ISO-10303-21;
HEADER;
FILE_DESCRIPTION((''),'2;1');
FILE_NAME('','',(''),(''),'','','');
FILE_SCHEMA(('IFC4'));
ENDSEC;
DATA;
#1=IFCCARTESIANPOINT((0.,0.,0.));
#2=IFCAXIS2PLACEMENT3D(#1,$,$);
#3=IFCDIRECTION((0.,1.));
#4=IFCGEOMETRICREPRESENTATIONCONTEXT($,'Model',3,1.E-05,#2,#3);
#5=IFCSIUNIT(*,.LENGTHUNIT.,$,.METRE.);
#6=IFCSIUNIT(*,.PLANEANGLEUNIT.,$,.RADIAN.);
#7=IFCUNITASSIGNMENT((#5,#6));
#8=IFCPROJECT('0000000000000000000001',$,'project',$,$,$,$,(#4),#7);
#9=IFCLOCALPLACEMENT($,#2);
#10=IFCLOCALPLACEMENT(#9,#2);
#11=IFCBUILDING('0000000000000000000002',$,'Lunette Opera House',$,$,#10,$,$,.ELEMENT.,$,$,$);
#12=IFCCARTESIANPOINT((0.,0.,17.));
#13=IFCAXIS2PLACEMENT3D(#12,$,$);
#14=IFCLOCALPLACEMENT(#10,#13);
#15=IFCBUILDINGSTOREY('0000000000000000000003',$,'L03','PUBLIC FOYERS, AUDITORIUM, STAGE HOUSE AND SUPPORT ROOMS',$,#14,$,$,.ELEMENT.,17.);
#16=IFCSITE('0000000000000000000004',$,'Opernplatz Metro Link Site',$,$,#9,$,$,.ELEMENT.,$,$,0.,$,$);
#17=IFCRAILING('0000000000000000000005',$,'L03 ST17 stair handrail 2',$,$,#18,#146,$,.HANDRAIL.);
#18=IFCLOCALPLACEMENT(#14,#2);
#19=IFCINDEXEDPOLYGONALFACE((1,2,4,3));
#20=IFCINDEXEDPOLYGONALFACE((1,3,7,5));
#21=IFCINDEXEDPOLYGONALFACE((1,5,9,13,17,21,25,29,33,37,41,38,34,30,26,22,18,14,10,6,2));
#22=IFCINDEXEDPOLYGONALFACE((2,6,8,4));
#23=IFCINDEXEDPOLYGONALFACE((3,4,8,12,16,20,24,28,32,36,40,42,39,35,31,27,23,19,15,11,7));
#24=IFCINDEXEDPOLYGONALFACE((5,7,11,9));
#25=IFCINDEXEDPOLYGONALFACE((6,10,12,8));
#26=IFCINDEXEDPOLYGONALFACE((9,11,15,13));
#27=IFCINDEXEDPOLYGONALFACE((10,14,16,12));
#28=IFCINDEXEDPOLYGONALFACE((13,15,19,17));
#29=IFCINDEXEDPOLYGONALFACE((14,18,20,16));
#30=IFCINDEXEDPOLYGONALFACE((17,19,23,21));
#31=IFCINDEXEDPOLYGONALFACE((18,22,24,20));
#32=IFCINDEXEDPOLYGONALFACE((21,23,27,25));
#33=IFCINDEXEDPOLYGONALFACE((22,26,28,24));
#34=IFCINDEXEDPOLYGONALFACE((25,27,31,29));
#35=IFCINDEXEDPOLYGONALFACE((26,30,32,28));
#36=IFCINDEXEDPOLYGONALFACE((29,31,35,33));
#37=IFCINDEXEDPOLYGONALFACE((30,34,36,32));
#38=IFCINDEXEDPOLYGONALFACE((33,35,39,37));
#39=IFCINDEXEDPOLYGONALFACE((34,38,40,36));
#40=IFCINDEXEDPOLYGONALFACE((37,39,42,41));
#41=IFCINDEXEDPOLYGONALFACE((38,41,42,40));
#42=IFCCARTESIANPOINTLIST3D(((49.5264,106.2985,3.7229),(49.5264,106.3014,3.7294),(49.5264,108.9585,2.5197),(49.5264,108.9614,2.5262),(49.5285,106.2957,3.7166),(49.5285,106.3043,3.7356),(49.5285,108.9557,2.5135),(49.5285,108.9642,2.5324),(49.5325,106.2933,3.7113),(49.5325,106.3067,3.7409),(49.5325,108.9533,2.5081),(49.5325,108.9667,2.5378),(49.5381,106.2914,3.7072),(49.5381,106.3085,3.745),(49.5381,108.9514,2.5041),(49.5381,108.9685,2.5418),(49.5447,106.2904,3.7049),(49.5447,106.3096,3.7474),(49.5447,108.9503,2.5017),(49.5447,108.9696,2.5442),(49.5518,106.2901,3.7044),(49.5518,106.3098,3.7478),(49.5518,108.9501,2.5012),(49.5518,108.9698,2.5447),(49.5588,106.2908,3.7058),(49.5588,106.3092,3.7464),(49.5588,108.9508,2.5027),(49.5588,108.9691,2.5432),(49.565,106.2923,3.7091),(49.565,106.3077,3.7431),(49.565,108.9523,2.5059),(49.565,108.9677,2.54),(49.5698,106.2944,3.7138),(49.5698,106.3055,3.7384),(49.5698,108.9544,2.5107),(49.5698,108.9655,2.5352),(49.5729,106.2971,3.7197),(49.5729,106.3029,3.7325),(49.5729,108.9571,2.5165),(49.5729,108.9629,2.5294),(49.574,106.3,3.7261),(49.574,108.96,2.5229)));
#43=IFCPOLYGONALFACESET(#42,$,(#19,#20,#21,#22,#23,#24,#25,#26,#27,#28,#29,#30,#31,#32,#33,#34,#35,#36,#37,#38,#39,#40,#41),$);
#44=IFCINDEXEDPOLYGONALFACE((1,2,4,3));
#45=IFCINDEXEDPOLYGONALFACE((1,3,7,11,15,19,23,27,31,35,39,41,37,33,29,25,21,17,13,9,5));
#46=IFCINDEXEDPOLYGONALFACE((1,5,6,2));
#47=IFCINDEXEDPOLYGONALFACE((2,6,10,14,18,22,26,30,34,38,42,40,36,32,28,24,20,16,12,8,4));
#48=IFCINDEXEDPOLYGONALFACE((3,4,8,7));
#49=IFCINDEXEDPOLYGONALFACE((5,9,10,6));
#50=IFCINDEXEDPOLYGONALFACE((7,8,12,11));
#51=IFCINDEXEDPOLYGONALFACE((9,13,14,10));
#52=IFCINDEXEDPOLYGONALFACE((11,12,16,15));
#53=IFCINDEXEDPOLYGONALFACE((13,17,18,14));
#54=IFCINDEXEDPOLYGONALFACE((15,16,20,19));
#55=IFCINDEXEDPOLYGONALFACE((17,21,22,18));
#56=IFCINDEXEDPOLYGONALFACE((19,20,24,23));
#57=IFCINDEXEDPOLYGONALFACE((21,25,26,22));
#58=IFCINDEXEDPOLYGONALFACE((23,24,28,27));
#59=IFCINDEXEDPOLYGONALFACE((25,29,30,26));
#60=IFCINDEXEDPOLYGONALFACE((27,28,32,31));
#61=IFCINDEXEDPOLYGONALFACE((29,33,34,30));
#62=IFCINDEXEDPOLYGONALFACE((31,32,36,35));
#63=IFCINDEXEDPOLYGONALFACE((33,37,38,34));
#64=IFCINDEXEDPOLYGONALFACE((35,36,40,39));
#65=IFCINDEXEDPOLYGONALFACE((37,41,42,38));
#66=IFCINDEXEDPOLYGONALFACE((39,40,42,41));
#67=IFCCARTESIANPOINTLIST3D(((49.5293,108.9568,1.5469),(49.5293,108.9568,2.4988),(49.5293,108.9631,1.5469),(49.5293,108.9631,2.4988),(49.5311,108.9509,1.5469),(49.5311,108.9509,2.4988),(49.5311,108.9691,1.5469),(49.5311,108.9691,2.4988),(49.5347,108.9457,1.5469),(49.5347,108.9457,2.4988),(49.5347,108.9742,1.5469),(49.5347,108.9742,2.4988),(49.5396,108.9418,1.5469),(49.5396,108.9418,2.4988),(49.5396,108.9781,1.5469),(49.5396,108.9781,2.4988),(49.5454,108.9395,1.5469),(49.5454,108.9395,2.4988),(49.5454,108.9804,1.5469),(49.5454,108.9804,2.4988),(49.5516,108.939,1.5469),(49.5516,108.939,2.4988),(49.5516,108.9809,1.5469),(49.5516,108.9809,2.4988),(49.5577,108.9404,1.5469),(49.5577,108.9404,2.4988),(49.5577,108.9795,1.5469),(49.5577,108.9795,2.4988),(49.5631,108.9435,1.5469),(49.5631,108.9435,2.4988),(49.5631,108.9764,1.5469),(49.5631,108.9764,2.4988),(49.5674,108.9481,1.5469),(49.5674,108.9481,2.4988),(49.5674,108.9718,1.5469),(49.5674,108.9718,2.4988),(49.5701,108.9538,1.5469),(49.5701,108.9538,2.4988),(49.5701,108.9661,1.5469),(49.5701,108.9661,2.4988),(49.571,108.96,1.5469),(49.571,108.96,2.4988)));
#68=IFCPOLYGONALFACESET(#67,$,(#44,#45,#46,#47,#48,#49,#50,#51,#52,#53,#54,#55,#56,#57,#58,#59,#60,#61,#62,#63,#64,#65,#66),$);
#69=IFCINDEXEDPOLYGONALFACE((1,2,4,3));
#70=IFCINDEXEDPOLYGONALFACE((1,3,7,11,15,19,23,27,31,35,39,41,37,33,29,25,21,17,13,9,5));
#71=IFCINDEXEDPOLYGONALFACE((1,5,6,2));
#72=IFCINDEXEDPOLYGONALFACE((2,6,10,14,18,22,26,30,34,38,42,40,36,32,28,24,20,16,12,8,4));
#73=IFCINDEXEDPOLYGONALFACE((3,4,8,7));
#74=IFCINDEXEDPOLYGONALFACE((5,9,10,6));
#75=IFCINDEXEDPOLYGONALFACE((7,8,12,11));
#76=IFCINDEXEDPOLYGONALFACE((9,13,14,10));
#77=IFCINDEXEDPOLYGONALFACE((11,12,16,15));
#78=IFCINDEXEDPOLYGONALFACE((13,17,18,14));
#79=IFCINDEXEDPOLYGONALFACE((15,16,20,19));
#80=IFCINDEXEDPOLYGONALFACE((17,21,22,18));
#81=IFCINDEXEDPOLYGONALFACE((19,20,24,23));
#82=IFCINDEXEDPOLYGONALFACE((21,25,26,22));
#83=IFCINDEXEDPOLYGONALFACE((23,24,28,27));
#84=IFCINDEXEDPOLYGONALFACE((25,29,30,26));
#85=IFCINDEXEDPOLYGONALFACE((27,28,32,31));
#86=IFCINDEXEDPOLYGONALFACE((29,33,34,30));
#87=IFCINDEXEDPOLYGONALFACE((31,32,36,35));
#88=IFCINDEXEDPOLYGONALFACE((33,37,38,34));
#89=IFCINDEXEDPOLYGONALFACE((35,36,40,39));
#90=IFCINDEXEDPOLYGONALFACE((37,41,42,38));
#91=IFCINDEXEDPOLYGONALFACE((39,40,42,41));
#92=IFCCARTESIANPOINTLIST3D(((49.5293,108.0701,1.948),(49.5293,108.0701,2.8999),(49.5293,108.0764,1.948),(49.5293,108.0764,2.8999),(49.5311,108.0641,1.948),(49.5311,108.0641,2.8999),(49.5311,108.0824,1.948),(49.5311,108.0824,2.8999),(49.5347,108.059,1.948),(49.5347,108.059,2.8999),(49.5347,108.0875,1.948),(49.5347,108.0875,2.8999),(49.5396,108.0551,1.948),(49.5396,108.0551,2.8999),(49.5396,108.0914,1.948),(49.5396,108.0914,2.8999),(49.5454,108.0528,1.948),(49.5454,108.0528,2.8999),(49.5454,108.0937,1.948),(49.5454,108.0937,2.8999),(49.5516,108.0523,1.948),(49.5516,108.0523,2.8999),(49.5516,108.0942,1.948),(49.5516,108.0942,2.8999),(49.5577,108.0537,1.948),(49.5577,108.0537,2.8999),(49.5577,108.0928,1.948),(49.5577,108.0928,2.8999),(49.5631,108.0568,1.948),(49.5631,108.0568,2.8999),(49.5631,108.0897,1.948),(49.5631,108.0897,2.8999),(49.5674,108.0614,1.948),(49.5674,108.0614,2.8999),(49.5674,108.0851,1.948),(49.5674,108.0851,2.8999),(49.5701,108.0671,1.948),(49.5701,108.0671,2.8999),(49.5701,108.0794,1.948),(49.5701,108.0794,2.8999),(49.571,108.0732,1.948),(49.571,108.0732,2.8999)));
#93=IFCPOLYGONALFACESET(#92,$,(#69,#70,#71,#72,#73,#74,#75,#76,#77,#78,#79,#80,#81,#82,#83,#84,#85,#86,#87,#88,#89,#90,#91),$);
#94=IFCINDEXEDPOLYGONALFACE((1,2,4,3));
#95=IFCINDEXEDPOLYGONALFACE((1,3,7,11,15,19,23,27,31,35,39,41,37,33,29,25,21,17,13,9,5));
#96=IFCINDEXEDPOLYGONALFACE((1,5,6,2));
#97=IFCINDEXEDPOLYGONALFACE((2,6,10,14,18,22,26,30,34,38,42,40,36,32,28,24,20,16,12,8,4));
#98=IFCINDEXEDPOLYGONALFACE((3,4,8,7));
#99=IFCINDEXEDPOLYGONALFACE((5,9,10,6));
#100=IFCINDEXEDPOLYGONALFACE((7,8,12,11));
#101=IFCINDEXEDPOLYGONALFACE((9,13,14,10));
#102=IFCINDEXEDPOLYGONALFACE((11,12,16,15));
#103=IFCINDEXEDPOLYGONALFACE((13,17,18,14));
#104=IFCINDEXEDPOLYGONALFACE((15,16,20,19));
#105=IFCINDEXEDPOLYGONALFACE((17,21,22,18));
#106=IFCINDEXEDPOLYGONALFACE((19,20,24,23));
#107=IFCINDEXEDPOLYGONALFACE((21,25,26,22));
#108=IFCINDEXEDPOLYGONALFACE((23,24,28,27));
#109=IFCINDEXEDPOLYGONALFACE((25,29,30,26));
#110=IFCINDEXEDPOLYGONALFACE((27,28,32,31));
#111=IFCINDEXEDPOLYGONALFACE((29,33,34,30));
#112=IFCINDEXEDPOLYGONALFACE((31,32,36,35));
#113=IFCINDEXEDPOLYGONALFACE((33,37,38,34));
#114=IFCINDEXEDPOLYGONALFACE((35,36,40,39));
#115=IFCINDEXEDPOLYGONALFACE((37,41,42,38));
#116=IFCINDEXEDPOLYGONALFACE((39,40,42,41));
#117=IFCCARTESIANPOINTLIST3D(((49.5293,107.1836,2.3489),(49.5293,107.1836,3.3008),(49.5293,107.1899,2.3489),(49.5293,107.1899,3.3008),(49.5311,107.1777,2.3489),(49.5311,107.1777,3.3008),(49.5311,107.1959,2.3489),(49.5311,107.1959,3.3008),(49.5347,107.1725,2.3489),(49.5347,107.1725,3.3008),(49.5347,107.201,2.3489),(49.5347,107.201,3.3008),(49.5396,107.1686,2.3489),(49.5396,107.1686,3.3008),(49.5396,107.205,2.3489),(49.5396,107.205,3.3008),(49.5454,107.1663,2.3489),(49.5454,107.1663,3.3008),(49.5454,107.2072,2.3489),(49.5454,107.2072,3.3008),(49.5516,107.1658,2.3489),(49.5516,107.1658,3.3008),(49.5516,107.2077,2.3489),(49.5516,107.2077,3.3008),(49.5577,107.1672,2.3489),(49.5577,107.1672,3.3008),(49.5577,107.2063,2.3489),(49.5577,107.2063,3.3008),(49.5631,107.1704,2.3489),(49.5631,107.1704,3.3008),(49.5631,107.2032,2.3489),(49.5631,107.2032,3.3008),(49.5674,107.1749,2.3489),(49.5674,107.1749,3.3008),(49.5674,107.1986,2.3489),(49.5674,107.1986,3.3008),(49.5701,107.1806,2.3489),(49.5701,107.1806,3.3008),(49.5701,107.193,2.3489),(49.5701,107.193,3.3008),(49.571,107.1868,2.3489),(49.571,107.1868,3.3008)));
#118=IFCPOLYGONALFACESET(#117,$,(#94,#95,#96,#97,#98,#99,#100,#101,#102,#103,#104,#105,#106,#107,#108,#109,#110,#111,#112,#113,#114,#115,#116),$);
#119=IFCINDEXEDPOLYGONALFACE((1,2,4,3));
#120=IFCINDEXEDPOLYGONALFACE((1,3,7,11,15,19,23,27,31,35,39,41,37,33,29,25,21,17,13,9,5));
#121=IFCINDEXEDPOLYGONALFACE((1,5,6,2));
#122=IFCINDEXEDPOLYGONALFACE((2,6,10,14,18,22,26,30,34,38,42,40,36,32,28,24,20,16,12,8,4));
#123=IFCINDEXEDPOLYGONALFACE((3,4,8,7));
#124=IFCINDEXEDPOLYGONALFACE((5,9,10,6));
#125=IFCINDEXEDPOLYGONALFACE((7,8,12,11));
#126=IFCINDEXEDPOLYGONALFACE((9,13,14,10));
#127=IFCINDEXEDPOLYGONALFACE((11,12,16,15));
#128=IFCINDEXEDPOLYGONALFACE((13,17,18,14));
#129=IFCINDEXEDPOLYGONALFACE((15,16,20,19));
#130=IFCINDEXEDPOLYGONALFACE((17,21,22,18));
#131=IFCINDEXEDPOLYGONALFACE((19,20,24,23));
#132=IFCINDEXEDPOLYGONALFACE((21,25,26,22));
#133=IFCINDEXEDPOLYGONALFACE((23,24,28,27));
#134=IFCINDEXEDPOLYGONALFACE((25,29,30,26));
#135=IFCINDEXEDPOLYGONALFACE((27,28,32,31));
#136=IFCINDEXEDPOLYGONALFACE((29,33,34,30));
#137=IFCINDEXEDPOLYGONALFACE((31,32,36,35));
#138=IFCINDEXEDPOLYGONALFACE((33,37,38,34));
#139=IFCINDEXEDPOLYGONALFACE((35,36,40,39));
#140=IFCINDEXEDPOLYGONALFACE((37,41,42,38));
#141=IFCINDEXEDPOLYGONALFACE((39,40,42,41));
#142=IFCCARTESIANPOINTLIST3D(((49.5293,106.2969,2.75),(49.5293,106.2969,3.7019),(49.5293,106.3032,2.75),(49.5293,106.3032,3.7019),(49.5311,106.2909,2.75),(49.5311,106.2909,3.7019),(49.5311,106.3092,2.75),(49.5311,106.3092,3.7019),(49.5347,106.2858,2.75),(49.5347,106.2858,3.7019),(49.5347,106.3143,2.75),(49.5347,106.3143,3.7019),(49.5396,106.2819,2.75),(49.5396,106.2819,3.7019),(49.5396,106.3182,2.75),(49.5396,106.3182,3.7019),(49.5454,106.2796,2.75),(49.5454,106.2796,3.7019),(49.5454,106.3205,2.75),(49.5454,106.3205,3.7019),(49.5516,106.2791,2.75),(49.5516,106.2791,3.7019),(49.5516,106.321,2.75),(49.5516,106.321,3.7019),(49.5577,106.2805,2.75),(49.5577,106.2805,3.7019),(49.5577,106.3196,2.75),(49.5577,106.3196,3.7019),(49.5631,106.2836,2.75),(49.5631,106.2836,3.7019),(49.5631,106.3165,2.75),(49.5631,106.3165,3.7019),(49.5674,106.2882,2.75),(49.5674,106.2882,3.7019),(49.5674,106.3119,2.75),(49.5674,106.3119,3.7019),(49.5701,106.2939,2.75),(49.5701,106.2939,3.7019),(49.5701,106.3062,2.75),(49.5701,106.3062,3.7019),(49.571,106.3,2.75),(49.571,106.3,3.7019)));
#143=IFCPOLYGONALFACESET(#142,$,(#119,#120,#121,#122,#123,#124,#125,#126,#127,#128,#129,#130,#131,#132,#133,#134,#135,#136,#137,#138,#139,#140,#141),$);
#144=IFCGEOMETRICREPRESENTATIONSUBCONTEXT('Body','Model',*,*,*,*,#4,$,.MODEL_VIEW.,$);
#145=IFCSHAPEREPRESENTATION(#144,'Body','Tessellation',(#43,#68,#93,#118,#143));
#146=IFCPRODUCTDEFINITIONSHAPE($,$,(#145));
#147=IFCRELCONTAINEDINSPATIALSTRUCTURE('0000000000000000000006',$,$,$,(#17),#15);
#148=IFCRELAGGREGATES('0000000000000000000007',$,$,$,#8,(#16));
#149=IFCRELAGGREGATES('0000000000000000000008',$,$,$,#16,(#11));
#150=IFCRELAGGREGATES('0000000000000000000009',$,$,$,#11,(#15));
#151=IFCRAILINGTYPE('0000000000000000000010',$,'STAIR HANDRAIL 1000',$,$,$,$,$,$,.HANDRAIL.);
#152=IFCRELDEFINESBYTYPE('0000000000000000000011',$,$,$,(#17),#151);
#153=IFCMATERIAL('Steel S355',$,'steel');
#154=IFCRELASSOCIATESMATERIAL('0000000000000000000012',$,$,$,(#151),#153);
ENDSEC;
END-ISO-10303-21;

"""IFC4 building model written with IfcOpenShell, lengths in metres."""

from ifc_helpers import new_model, si_unit, direction, frame, origin, origin_2d, place, context, subcontext, project, spatial, circle, extrude, material, type_object, element, save


model = new_model("IFC4")

# Units and contexts
model_context = context("Model", 3, precision=1e-05, world=origin(), true_north=direction((0.0, 1.0)))
body_context = subcontext(model_context, "Body", "Model", "MODEL_VIEW")
ifc_project = project(units=[si_unit("LENGTHUNIT", "METRE"), si_unit("PLANEANGLEUNIT", "RADIAN")], contexts=[model_context])

# Site, building, storey
site_placement = place(None, origin())
site = spatial("IfcSite", under=ifc_project, at=site_placement, Name="Opernplatz Metro Link Site", CompositionType="ELEMENT", RefElevation=0.0)
building_placement = place(site_placement, origin())
building = spatial("IfcBuilding", under=site, at=building_placement, Name="Lunette Opera House", CompositionType="ELEMENT")
storey_placement = place(building_placement, frame((0.0, 0.0, 17.0)))
storey = spatial("IfcBuildingStorey", under=building, at=storey_placement, Name="L03", Description="PUBLIC FOYERS, AUDITORIUM, STAGE HOUSE AND SUPPORT ROOMS", CompositionType="ELEMENT", Elevation=17.0)

# Railing
ifc_material_1 = material(Name="Steel S355", Category="steel")
railing_type_1 = type_object("IfcRailingType", Name="STAIR HANDRAIL 1000", PredefinedType="HANDRAIL", material=ifc_material_1)
railing_1_placement = place(storey_placement, frame((49.55, 108.96, 1.5469)))
element("IfcRailing", 1, at=railing_1_placement, inside=storey, type_object=railing_type_1, Name="L03 ST17 stair handrail 2", PredefinedType="HANDRAIL", context=body_context, shape_type="SweptSolid", body=[
    extrude(circle(Radius=0.0239, at=origin_2d()), frame((0.0, 0.0, 0.9761), z_axis=(0.0, -0.91113, 0.41212), x_axis=(1.0, 0.0, 0.0)), (0.0, 0.0, 1.0), 2.9194),
    extrude(circle(Radius=0.021, at=origin_2d()), origin(), (0.0, 0.0, 1.0), 0.9519),
    extrude(circle(Radius=0.021, at=origin_2d()), frame((0.0, -0.8867, 0.4011)), (0.0, 0.0, 1.0), 0.9519),
    extrude(circle(Radius=0.021, at=origin_2d()), frame((0.0, -1.7732, 0.802)), (0.0, 0.0, 1.0), 0.9519),
    extrude(circle(Radius=0.021, at=origin_2d()), frame((0.0, -2.6599, 1.2031)), (0.0, 0.0, 1.0), 0.9519),
])

save(model, "model.ifc")
